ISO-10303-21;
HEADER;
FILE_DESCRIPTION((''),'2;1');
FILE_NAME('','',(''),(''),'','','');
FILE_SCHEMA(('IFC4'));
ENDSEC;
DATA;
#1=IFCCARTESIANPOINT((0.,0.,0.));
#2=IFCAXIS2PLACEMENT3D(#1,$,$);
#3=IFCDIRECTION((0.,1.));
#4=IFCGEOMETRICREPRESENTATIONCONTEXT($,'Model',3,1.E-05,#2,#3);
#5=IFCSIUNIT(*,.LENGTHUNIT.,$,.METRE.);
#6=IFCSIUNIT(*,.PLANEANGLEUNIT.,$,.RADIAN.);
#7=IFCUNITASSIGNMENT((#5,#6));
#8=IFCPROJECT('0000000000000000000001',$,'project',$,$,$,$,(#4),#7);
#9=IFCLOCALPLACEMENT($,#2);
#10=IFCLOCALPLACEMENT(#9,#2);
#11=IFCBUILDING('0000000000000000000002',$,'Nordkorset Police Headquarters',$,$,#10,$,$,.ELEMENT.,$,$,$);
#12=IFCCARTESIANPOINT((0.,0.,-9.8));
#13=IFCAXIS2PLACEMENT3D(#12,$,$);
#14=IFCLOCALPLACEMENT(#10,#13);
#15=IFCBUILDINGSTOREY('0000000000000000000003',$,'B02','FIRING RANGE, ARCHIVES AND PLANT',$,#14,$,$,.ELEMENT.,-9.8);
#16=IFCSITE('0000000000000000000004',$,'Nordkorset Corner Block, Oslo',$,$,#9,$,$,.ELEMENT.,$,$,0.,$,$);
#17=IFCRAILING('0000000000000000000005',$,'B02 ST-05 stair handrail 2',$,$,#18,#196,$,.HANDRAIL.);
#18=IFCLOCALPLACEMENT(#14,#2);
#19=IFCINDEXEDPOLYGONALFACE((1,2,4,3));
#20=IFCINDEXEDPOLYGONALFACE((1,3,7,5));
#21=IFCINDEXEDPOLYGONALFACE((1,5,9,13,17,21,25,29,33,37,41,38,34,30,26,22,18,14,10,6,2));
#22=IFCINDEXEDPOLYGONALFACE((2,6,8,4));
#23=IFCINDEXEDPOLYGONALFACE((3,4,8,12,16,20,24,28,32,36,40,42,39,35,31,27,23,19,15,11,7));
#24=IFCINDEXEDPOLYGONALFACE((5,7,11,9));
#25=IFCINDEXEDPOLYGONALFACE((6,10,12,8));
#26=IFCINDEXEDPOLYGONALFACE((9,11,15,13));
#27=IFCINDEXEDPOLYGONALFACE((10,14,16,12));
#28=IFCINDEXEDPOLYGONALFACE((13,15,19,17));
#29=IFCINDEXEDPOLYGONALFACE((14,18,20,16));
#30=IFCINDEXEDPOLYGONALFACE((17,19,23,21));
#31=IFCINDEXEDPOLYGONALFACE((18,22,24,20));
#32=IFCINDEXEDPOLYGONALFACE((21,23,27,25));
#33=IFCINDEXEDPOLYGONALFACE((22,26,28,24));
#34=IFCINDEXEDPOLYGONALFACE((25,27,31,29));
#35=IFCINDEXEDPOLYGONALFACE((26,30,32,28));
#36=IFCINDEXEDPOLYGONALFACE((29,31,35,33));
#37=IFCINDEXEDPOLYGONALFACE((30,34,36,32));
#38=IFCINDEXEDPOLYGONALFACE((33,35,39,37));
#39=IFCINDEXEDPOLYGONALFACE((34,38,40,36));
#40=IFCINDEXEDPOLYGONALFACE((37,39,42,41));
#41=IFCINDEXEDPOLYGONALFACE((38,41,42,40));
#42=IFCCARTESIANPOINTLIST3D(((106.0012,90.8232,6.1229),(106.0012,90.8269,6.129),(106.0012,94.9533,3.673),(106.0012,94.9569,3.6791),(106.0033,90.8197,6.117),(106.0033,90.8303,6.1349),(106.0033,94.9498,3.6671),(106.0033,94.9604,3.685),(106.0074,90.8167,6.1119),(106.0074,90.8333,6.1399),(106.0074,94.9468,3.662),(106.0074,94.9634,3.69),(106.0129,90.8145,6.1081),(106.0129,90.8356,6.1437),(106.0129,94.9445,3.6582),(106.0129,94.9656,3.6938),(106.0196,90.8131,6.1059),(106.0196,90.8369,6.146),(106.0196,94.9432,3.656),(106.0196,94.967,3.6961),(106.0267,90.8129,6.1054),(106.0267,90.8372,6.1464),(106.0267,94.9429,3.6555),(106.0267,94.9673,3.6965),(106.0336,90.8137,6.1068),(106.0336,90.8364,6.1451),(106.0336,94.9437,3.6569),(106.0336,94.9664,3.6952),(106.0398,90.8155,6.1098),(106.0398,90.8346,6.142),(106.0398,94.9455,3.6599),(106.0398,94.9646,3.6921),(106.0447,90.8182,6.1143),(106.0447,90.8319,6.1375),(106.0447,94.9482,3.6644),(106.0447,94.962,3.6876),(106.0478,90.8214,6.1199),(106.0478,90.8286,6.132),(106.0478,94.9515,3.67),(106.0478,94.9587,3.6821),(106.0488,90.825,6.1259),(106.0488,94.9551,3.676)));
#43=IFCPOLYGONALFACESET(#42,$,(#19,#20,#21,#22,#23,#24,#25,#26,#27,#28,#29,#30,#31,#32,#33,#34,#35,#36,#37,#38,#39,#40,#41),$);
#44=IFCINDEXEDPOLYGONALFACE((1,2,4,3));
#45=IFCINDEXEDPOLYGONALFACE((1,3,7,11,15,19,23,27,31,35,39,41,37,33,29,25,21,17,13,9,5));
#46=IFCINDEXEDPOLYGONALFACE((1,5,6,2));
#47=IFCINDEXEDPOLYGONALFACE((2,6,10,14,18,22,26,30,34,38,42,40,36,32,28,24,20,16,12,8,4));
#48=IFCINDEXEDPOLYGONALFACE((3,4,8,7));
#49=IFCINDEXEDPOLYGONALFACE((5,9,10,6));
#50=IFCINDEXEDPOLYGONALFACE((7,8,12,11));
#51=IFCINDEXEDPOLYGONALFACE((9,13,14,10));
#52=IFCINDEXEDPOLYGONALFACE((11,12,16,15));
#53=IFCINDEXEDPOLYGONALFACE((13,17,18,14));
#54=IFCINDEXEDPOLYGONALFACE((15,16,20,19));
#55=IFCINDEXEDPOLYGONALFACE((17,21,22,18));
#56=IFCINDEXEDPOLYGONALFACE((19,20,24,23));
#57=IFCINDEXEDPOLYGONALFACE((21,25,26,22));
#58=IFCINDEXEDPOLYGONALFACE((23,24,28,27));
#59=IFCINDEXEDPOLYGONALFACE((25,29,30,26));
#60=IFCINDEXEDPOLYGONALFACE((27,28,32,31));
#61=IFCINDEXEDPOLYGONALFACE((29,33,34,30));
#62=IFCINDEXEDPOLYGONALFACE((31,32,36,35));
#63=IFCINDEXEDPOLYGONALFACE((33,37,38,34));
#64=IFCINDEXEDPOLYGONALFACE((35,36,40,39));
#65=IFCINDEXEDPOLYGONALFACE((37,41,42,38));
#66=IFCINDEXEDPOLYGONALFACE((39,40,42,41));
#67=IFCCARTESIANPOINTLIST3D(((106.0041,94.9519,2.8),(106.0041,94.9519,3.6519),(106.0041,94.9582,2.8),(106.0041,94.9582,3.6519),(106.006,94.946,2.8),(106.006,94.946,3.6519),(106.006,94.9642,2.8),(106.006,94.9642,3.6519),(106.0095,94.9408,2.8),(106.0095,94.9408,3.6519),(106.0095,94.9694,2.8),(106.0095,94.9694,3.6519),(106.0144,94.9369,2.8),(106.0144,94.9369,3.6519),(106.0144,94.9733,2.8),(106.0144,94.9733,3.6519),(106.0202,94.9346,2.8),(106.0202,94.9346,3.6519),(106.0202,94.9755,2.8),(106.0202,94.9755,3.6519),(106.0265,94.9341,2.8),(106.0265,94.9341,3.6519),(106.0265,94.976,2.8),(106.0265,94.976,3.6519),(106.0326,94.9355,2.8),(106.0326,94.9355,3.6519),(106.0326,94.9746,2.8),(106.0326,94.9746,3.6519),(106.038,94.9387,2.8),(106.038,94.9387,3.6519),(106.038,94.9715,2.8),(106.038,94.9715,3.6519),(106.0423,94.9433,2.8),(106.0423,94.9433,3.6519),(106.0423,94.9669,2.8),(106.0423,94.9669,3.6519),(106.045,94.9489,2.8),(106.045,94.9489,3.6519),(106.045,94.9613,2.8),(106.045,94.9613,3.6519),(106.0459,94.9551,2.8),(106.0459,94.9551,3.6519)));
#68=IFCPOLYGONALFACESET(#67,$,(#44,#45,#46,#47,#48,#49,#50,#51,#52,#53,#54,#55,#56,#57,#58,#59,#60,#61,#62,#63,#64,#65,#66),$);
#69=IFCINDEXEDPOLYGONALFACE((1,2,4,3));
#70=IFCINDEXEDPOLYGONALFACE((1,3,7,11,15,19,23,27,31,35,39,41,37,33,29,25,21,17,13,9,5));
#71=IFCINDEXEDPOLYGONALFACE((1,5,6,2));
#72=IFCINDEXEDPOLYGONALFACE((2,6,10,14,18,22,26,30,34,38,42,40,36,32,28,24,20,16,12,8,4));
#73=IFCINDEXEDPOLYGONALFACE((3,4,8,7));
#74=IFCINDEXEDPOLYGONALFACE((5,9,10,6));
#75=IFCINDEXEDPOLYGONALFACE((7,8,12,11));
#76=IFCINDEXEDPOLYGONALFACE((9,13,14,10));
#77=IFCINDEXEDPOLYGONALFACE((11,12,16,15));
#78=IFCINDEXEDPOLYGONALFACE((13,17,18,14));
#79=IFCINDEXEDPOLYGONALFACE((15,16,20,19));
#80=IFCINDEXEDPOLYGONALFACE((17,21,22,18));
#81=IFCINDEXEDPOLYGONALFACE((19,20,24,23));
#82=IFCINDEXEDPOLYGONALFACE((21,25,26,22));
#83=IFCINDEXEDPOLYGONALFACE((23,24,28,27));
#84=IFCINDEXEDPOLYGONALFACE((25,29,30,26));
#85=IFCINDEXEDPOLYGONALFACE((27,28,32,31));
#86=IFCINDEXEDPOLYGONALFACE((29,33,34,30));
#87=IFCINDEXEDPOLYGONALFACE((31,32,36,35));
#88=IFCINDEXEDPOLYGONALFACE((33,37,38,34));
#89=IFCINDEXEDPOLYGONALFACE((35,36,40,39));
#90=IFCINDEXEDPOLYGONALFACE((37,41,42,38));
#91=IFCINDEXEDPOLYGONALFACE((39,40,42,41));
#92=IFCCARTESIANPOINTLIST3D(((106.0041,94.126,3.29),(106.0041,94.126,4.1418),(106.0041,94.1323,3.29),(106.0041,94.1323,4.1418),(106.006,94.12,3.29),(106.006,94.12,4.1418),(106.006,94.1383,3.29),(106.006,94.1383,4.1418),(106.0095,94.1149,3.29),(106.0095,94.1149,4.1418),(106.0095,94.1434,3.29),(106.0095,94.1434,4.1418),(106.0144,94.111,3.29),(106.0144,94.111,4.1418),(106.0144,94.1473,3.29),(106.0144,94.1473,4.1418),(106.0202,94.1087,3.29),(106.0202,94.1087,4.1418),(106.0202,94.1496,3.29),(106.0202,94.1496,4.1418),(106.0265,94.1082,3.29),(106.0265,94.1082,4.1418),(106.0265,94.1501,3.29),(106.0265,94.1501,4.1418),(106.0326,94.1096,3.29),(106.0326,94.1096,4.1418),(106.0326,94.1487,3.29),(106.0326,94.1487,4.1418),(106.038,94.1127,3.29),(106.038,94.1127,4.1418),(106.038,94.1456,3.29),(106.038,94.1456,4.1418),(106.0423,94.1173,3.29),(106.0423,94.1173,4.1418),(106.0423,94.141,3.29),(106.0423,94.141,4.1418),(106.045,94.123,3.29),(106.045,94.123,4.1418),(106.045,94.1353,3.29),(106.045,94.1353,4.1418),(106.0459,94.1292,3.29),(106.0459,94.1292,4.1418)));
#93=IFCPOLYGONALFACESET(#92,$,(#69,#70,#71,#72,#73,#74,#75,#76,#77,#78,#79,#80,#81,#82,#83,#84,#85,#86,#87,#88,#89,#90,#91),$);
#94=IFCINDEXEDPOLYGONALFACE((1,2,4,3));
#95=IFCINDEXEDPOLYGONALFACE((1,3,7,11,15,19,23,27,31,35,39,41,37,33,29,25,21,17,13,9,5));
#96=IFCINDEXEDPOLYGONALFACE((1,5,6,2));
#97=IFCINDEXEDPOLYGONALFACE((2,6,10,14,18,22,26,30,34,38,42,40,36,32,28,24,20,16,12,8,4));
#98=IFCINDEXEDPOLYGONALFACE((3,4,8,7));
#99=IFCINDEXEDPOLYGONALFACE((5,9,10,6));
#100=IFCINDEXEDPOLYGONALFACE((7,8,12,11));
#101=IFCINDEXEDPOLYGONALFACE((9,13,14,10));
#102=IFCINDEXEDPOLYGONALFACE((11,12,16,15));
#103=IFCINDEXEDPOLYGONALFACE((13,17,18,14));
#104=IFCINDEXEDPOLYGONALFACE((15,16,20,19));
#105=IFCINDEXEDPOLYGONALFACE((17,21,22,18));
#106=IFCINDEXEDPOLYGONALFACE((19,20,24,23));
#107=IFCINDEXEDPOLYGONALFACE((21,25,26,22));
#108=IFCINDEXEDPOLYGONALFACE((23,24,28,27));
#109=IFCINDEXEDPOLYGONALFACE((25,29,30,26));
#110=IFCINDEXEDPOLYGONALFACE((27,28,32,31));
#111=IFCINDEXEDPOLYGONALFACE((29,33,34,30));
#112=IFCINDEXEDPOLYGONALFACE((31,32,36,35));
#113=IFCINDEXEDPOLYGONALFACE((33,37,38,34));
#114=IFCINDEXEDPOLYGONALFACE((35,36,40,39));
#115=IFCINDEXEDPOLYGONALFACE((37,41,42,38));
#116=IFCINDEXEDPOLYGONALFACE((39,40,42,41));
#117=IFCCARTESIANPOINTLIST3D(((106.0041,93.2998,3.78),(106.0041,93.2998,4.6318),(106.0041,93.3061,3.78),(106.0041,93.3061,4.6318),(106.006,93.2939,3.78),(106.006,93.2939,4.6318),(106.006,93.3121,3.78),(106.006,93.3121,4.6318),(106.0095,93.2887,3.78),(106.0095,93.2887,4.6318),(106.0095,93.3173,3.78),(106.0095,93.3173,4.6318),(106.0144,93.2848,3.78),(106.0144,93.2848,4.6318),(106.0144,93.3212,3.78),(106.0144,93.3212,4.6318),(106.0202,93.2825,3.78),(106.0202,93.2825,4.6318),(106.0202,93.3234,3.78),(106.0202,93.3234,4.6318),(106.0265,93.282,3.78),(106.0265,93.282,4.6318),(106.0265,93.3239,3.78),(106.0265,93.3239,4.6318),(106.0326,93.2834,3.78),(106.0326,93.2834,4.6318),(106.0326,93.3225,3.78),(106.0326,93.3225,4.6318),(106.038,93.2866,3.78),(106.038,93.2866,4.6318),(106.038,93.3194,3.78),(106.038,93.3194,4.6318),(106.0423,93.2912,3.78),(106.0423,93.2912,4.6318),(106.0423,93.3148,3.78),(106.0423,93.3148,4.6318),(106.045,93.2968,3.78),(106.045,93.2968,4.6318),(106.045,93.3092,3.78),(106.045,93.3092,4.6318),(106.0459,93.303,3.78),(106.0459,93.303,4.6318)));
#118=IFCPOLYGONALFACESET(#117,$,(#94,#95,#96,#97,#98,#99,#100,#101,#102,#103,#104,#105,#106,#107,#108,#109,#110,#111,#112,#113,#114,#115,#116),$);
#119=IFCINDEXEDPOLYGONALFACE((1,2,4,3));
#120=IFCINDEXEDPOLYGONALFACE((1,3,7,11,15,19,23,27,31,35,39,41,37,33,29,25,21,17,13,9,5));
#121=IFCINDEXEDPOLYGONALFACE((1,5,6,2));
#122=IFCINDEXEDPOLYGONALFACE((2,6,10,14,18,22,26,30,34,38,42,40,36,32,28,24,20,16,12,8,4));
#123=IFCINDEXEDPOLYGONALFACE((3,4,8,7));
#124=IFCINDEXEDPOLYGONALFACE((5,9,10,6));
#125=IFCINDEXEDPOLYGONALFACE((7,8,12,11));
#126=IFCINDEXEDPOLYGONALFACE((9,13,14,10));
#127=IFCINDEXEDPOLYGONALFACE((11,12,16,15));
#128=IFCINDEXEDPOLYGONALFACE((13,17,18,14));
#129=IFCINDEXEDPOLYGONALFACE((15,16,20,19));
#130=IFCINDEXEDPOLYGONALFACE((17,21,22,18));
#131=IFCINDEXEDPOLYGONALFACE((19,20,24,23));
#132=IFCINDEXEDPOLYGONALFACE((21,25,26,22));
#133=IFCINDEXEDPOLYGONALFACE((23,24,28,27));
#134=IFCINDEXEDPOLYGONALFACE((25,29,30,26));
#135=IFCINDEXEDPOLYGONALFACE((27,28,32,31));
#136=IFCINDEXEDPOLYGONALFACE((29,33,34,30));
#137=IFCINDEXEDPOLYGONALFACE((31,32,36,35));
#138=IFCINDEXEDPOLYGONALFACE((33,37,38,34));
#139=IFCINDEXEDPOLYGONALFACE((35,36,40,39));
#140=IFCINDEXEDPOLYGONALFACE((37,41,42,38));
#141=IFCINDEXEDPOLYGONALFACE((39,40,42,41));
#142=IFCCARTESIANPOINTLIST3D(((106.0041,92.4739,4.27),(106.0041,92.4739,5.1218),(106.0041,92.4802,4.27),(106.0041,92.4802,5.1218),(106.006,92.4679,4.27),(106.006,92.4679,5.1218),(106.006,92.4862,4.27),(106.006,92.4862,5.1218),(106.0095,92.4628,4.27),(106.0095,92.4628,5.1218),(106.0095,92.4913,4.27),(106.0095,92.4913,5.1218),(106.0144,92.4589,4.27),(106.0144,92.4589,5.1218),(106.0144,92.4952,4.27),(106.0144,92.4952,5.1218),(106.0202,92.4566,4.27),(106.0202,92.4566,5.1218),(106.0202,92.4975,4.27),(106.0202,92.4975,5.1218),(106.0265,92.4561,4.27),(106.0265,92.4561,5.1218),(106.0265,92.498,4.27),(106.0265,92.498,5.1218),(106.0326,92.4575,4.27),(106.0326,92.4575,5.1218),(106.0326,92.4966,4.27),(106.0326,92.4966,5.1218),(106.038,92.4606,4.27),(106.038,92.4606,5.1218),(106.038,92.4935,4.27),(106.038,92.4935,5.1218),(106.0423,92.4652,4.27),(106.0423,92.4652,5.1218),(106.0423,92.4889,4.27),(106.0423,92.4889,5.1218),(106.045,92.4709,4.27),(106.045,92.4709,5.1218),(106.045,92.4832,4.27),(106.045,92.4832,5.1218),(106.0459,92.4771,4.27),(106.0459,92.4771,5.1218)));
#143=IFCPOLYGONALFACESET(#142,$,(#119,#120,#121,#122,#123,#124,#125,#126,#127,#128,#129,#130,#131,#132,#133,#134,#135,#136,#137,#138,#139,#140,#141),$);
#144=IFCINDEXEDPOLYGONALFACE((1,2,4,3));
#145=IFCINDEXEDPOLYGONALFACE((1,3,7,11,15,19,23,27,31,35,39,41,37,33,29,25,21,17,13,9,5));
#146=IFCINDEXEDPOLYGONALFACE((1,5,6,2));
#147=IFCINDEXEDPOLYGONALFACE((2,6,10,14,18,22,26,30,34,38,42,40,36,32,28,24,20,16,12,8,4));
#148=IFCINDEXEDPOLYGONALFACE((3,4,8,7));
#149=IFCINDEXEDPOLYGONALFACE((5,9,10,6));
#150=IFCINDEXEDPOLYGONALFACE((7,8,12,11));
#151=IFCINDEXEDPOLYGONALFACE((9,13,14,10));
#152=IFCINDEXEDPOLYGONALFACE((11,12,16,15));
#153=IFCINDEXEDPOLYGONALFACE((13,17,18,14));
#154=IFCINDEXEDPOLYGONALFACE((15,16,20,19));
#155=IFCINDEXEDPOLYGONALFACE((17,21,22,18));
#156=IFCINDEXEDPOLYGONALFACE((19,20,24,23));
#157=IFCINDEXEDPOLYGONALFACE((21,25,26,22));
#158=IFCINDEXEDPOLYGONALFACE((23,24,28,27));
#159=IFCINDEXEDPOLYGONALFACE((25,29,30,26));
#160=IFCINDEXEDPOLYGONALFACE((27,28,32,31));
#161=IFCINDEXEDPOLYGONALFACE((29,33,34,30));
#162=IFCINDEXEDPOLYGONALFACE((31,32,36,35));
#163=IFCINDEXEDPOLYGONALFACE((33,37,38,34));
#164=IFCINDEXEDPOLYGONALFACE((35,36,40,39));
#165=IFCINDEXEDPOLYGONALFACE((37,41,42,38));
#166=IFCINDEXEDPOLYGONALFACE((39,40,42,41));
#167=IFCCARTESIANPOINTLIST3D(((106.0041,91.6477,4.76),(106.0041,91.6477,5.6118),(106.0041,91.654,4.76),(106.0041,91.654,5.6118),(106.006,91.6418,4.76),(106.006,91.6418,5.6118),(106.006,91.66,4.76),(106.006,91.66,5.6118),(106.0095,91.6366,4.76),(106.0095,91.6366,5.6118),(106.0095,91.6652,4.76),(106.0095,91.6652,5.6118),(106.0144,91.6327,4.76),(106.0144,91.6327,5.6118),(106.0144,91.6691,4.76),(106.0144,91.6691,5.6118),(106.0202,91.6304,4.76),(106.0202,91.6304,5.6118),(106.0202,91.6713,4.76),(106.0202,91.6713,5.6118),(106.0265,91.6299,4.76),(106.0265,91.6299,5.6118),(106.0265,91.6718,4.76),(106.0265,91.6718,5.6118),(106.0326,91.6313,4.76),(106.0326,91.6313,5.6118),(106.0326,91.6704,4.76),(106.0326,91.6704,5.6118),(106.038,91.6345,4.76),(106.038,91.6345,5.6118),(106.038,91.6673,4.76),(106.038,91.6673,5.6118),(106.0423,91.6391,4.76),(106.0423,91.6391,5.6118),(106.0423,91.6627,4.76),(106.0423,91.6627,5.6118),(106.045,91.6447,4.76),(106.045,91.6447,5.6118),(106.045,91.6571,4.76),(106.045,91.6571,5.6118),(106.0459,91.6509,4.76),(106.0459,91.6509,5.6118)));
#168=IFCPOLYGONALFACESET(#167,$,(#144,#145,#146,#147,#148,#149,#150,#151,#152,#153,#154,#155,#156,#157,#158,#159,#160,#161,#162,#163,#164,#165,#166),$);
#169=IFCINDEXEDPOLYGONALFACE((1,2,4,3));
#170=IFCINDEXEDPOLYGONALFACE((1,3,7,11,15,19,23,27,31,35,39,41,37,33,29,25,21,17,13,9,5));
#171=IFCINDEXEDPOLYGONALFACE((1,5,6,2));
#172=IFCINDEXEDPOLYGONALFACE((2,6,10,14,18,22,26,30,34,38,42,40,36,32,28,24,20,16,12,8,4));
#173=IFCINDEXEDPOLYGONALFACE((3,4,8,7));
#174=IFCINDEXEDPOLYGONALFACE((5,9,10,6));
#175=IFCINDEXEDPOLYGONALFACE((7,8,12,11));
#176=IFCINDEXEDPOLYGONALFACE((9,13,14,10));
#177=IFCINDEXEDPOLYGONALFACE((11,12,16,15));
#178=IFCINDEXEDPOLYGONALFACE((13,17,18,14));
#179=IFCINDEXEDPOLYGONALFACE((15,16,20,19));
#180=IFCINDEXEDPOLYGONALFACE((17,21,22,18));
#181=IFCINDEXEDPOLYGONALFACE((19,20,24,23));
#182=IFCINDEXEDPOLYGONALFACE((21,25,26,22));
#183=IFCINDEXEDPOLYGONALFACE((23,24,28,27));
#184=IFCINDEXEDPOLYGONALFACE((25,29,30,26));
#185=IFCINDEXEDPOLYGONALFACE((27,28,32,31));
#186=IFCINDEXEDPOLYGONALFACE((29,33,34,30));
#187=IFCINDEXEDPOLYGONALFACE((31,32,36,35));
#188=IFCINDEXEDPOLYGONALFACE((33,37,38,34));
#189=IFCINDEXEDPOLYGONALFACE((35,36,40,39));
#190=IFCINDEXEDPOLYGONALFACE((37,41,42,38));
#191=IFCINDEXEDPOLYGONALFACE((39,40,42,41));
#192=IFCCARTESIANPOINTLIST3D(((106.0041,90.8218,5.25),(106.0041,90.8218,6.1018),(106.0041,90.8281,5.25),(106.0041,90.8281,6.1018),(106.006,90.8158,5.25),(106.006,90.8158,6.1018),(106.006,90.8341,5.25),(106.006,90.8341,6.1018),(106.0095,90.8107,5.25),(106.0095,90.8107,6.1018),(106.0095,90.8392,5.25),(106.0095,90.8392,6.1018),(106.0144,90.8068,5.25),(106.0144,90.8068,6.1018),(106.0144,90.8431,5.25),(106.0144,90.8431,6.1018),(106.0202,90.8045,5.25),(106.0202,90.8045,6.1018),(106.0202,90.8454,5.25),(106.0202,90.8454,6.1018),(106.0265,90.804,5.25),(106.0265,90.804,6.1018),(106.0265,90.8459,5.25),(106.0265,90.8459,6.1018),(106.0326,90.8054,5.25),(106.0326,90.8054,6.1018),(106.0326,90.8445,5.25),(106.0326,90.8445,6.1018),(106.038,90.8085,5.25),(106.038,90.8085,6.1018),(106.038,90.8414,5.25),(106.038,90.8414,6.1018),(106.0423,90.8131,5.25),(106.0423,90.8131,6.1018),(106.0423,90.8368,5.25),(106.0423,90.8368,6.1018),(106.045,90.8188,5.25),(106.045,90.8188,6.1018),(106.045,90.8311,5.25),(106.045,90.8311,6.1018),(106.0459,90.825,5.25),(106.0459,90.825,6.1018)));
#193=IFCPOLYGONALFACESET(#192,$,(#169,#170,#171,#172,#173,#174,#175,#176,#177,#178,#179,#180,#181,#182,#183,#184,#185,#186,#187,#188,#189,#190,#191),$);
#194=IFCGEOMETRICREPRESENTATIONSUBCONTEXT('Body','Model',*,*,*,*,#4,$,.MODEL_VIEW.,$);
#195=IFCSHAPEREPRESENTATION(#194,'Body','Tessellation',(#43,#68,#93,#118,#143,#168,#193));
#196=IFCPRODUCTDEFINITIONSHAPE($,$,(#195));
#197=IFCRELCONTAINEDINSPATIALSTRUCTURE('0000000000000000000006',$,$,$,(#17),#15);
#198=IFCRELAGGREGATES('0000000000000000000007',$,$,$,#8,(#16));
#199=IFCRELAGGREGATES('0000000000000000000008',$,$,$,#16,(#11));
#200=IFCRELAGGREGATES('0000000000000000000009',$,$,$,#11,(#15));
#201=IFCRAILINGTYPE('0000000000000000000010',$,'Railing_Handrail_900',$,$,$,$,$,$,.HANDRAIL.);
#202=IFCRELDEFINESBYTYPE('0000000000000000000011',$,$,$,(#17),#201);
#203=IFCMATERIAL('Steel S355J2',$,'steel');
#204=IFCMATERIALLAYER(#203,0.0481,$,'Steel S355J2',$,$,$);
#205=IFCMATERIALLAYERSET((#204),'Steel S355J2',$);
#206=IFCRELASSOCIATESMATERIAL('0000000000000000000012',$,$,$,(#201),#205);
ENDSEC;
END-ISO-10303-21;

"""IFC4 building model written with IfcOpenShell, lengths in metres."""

from ifc_helpers import new_model, si_unit, direction, frame, origin, origin_2d, place, context, subcontext, project, spatial, circle, extrude, material, layer, layer_set, type_object, element, save


model = new_model("IFC4")

# Units and contexts
model_context = context("Model", 3, precision=1e-05, world=origin(), true_north=direction((0.0, 1.0)))
body_context = subcontext(model_context, "Body", "Model", "MODEL_VIEW")
ifc_project = project(units=[si_unit("LENGTHUNIT", "METRE"), si_unit("PLANEANGLEUNIT", "RADIAN")], contexts=[model_context])

# Site, building, storey
site_placement = place(None, origin())
site = spatial("IfcSite", under=ifc_project, at=site_placement, Name="Nordkorset Corner Block, Oslo", CompositionType="ELEMENT", RefElevation=0.0)
building_placement = place(site_placement, origin())
building = spatial("IfcBuilding", under=site, at=building_placement, Name="Nordkorset Police Headquarters", CompositionType="ELEMENT")
storey_placement = place(building_placement, frame((0.0, 0.0, -9.8)))
storey = spatial("IfcBuildingStorey", under=building, at=storey_placement, Name="B02", Description="FIRING RANGE, ARCHIVES AND PLANT", CompositionType="ELEMENT", Elevation=-9.8)

# Railing
ifc_material_1 = material(Name="Steel S355J2", Category="steel")
ifc_layer_1 = layer(ifc_material_1, 0.0481, Name="Steel S355J2")
ifc_layer_set_1 = layer_set([ifc_layer_1], Name="Steel S355J2")
railing_type_1 = type_object("IfcRailingType", Name="Railing_Handrail_900", PredefinedType="HANDRAIL", material=ifc_layer_set_1)
railing_1_placement = place(storey_placement, frame((106.0249, 94.9551, 2.8)))
element("IfcRailing", 1, at=railing_1_placement, inside=storey, type_object=railing_type_1, Name="B02 ST-05 stair handrail 2", PredefinedType="HANDRAIL", context=body_context, shape_type="SweptSolid", body=[
    extrude(circle(Radius=0.0239, at=origin_2d()), frame((0.0, 0.0, 0.876), z_axis=(0.0, -0.860066, 0.510183), x_axis=(1.0, 0.0, 0.0)), (0.0, 0.0, 1.0), 4.802),
    extrude(circle(Radius=0.021, at=origin_2d()), origin(), (0.0, 0.0, 1.0), 0.8518),
    extrude(circle(Radius=0.021, at=origin_2d()), frame((0.0, -0.8259, 0.49)), (0.0, 0.0, 1.0), 0.8518),
    extrude(circle(Radius=0.021, at=origin_2d()), frame((0.0, -1.6521, 0.98)), (0.0, 0.0, 1.0), 0.8518),
    extrude(circle(Radius=0.021, at=origin_2d()), frame((0.0, -2.478, 1.47)), (0.0, 0.0, 1.0), 0.8518),
    extrude(circle(Radius=0.021, at=origin_2d()), frame((0.0, -3.3042, 1.96)), (0.0, 0.0, 1.0), 0.8518),
    extrude(circle(Radius=0.021, at=origin_2d()), frame((0.0, -4.1301, 2.45)), (0.0, 0.0, 1.0), 0.8518),
])

save(model, "model.ifc")
